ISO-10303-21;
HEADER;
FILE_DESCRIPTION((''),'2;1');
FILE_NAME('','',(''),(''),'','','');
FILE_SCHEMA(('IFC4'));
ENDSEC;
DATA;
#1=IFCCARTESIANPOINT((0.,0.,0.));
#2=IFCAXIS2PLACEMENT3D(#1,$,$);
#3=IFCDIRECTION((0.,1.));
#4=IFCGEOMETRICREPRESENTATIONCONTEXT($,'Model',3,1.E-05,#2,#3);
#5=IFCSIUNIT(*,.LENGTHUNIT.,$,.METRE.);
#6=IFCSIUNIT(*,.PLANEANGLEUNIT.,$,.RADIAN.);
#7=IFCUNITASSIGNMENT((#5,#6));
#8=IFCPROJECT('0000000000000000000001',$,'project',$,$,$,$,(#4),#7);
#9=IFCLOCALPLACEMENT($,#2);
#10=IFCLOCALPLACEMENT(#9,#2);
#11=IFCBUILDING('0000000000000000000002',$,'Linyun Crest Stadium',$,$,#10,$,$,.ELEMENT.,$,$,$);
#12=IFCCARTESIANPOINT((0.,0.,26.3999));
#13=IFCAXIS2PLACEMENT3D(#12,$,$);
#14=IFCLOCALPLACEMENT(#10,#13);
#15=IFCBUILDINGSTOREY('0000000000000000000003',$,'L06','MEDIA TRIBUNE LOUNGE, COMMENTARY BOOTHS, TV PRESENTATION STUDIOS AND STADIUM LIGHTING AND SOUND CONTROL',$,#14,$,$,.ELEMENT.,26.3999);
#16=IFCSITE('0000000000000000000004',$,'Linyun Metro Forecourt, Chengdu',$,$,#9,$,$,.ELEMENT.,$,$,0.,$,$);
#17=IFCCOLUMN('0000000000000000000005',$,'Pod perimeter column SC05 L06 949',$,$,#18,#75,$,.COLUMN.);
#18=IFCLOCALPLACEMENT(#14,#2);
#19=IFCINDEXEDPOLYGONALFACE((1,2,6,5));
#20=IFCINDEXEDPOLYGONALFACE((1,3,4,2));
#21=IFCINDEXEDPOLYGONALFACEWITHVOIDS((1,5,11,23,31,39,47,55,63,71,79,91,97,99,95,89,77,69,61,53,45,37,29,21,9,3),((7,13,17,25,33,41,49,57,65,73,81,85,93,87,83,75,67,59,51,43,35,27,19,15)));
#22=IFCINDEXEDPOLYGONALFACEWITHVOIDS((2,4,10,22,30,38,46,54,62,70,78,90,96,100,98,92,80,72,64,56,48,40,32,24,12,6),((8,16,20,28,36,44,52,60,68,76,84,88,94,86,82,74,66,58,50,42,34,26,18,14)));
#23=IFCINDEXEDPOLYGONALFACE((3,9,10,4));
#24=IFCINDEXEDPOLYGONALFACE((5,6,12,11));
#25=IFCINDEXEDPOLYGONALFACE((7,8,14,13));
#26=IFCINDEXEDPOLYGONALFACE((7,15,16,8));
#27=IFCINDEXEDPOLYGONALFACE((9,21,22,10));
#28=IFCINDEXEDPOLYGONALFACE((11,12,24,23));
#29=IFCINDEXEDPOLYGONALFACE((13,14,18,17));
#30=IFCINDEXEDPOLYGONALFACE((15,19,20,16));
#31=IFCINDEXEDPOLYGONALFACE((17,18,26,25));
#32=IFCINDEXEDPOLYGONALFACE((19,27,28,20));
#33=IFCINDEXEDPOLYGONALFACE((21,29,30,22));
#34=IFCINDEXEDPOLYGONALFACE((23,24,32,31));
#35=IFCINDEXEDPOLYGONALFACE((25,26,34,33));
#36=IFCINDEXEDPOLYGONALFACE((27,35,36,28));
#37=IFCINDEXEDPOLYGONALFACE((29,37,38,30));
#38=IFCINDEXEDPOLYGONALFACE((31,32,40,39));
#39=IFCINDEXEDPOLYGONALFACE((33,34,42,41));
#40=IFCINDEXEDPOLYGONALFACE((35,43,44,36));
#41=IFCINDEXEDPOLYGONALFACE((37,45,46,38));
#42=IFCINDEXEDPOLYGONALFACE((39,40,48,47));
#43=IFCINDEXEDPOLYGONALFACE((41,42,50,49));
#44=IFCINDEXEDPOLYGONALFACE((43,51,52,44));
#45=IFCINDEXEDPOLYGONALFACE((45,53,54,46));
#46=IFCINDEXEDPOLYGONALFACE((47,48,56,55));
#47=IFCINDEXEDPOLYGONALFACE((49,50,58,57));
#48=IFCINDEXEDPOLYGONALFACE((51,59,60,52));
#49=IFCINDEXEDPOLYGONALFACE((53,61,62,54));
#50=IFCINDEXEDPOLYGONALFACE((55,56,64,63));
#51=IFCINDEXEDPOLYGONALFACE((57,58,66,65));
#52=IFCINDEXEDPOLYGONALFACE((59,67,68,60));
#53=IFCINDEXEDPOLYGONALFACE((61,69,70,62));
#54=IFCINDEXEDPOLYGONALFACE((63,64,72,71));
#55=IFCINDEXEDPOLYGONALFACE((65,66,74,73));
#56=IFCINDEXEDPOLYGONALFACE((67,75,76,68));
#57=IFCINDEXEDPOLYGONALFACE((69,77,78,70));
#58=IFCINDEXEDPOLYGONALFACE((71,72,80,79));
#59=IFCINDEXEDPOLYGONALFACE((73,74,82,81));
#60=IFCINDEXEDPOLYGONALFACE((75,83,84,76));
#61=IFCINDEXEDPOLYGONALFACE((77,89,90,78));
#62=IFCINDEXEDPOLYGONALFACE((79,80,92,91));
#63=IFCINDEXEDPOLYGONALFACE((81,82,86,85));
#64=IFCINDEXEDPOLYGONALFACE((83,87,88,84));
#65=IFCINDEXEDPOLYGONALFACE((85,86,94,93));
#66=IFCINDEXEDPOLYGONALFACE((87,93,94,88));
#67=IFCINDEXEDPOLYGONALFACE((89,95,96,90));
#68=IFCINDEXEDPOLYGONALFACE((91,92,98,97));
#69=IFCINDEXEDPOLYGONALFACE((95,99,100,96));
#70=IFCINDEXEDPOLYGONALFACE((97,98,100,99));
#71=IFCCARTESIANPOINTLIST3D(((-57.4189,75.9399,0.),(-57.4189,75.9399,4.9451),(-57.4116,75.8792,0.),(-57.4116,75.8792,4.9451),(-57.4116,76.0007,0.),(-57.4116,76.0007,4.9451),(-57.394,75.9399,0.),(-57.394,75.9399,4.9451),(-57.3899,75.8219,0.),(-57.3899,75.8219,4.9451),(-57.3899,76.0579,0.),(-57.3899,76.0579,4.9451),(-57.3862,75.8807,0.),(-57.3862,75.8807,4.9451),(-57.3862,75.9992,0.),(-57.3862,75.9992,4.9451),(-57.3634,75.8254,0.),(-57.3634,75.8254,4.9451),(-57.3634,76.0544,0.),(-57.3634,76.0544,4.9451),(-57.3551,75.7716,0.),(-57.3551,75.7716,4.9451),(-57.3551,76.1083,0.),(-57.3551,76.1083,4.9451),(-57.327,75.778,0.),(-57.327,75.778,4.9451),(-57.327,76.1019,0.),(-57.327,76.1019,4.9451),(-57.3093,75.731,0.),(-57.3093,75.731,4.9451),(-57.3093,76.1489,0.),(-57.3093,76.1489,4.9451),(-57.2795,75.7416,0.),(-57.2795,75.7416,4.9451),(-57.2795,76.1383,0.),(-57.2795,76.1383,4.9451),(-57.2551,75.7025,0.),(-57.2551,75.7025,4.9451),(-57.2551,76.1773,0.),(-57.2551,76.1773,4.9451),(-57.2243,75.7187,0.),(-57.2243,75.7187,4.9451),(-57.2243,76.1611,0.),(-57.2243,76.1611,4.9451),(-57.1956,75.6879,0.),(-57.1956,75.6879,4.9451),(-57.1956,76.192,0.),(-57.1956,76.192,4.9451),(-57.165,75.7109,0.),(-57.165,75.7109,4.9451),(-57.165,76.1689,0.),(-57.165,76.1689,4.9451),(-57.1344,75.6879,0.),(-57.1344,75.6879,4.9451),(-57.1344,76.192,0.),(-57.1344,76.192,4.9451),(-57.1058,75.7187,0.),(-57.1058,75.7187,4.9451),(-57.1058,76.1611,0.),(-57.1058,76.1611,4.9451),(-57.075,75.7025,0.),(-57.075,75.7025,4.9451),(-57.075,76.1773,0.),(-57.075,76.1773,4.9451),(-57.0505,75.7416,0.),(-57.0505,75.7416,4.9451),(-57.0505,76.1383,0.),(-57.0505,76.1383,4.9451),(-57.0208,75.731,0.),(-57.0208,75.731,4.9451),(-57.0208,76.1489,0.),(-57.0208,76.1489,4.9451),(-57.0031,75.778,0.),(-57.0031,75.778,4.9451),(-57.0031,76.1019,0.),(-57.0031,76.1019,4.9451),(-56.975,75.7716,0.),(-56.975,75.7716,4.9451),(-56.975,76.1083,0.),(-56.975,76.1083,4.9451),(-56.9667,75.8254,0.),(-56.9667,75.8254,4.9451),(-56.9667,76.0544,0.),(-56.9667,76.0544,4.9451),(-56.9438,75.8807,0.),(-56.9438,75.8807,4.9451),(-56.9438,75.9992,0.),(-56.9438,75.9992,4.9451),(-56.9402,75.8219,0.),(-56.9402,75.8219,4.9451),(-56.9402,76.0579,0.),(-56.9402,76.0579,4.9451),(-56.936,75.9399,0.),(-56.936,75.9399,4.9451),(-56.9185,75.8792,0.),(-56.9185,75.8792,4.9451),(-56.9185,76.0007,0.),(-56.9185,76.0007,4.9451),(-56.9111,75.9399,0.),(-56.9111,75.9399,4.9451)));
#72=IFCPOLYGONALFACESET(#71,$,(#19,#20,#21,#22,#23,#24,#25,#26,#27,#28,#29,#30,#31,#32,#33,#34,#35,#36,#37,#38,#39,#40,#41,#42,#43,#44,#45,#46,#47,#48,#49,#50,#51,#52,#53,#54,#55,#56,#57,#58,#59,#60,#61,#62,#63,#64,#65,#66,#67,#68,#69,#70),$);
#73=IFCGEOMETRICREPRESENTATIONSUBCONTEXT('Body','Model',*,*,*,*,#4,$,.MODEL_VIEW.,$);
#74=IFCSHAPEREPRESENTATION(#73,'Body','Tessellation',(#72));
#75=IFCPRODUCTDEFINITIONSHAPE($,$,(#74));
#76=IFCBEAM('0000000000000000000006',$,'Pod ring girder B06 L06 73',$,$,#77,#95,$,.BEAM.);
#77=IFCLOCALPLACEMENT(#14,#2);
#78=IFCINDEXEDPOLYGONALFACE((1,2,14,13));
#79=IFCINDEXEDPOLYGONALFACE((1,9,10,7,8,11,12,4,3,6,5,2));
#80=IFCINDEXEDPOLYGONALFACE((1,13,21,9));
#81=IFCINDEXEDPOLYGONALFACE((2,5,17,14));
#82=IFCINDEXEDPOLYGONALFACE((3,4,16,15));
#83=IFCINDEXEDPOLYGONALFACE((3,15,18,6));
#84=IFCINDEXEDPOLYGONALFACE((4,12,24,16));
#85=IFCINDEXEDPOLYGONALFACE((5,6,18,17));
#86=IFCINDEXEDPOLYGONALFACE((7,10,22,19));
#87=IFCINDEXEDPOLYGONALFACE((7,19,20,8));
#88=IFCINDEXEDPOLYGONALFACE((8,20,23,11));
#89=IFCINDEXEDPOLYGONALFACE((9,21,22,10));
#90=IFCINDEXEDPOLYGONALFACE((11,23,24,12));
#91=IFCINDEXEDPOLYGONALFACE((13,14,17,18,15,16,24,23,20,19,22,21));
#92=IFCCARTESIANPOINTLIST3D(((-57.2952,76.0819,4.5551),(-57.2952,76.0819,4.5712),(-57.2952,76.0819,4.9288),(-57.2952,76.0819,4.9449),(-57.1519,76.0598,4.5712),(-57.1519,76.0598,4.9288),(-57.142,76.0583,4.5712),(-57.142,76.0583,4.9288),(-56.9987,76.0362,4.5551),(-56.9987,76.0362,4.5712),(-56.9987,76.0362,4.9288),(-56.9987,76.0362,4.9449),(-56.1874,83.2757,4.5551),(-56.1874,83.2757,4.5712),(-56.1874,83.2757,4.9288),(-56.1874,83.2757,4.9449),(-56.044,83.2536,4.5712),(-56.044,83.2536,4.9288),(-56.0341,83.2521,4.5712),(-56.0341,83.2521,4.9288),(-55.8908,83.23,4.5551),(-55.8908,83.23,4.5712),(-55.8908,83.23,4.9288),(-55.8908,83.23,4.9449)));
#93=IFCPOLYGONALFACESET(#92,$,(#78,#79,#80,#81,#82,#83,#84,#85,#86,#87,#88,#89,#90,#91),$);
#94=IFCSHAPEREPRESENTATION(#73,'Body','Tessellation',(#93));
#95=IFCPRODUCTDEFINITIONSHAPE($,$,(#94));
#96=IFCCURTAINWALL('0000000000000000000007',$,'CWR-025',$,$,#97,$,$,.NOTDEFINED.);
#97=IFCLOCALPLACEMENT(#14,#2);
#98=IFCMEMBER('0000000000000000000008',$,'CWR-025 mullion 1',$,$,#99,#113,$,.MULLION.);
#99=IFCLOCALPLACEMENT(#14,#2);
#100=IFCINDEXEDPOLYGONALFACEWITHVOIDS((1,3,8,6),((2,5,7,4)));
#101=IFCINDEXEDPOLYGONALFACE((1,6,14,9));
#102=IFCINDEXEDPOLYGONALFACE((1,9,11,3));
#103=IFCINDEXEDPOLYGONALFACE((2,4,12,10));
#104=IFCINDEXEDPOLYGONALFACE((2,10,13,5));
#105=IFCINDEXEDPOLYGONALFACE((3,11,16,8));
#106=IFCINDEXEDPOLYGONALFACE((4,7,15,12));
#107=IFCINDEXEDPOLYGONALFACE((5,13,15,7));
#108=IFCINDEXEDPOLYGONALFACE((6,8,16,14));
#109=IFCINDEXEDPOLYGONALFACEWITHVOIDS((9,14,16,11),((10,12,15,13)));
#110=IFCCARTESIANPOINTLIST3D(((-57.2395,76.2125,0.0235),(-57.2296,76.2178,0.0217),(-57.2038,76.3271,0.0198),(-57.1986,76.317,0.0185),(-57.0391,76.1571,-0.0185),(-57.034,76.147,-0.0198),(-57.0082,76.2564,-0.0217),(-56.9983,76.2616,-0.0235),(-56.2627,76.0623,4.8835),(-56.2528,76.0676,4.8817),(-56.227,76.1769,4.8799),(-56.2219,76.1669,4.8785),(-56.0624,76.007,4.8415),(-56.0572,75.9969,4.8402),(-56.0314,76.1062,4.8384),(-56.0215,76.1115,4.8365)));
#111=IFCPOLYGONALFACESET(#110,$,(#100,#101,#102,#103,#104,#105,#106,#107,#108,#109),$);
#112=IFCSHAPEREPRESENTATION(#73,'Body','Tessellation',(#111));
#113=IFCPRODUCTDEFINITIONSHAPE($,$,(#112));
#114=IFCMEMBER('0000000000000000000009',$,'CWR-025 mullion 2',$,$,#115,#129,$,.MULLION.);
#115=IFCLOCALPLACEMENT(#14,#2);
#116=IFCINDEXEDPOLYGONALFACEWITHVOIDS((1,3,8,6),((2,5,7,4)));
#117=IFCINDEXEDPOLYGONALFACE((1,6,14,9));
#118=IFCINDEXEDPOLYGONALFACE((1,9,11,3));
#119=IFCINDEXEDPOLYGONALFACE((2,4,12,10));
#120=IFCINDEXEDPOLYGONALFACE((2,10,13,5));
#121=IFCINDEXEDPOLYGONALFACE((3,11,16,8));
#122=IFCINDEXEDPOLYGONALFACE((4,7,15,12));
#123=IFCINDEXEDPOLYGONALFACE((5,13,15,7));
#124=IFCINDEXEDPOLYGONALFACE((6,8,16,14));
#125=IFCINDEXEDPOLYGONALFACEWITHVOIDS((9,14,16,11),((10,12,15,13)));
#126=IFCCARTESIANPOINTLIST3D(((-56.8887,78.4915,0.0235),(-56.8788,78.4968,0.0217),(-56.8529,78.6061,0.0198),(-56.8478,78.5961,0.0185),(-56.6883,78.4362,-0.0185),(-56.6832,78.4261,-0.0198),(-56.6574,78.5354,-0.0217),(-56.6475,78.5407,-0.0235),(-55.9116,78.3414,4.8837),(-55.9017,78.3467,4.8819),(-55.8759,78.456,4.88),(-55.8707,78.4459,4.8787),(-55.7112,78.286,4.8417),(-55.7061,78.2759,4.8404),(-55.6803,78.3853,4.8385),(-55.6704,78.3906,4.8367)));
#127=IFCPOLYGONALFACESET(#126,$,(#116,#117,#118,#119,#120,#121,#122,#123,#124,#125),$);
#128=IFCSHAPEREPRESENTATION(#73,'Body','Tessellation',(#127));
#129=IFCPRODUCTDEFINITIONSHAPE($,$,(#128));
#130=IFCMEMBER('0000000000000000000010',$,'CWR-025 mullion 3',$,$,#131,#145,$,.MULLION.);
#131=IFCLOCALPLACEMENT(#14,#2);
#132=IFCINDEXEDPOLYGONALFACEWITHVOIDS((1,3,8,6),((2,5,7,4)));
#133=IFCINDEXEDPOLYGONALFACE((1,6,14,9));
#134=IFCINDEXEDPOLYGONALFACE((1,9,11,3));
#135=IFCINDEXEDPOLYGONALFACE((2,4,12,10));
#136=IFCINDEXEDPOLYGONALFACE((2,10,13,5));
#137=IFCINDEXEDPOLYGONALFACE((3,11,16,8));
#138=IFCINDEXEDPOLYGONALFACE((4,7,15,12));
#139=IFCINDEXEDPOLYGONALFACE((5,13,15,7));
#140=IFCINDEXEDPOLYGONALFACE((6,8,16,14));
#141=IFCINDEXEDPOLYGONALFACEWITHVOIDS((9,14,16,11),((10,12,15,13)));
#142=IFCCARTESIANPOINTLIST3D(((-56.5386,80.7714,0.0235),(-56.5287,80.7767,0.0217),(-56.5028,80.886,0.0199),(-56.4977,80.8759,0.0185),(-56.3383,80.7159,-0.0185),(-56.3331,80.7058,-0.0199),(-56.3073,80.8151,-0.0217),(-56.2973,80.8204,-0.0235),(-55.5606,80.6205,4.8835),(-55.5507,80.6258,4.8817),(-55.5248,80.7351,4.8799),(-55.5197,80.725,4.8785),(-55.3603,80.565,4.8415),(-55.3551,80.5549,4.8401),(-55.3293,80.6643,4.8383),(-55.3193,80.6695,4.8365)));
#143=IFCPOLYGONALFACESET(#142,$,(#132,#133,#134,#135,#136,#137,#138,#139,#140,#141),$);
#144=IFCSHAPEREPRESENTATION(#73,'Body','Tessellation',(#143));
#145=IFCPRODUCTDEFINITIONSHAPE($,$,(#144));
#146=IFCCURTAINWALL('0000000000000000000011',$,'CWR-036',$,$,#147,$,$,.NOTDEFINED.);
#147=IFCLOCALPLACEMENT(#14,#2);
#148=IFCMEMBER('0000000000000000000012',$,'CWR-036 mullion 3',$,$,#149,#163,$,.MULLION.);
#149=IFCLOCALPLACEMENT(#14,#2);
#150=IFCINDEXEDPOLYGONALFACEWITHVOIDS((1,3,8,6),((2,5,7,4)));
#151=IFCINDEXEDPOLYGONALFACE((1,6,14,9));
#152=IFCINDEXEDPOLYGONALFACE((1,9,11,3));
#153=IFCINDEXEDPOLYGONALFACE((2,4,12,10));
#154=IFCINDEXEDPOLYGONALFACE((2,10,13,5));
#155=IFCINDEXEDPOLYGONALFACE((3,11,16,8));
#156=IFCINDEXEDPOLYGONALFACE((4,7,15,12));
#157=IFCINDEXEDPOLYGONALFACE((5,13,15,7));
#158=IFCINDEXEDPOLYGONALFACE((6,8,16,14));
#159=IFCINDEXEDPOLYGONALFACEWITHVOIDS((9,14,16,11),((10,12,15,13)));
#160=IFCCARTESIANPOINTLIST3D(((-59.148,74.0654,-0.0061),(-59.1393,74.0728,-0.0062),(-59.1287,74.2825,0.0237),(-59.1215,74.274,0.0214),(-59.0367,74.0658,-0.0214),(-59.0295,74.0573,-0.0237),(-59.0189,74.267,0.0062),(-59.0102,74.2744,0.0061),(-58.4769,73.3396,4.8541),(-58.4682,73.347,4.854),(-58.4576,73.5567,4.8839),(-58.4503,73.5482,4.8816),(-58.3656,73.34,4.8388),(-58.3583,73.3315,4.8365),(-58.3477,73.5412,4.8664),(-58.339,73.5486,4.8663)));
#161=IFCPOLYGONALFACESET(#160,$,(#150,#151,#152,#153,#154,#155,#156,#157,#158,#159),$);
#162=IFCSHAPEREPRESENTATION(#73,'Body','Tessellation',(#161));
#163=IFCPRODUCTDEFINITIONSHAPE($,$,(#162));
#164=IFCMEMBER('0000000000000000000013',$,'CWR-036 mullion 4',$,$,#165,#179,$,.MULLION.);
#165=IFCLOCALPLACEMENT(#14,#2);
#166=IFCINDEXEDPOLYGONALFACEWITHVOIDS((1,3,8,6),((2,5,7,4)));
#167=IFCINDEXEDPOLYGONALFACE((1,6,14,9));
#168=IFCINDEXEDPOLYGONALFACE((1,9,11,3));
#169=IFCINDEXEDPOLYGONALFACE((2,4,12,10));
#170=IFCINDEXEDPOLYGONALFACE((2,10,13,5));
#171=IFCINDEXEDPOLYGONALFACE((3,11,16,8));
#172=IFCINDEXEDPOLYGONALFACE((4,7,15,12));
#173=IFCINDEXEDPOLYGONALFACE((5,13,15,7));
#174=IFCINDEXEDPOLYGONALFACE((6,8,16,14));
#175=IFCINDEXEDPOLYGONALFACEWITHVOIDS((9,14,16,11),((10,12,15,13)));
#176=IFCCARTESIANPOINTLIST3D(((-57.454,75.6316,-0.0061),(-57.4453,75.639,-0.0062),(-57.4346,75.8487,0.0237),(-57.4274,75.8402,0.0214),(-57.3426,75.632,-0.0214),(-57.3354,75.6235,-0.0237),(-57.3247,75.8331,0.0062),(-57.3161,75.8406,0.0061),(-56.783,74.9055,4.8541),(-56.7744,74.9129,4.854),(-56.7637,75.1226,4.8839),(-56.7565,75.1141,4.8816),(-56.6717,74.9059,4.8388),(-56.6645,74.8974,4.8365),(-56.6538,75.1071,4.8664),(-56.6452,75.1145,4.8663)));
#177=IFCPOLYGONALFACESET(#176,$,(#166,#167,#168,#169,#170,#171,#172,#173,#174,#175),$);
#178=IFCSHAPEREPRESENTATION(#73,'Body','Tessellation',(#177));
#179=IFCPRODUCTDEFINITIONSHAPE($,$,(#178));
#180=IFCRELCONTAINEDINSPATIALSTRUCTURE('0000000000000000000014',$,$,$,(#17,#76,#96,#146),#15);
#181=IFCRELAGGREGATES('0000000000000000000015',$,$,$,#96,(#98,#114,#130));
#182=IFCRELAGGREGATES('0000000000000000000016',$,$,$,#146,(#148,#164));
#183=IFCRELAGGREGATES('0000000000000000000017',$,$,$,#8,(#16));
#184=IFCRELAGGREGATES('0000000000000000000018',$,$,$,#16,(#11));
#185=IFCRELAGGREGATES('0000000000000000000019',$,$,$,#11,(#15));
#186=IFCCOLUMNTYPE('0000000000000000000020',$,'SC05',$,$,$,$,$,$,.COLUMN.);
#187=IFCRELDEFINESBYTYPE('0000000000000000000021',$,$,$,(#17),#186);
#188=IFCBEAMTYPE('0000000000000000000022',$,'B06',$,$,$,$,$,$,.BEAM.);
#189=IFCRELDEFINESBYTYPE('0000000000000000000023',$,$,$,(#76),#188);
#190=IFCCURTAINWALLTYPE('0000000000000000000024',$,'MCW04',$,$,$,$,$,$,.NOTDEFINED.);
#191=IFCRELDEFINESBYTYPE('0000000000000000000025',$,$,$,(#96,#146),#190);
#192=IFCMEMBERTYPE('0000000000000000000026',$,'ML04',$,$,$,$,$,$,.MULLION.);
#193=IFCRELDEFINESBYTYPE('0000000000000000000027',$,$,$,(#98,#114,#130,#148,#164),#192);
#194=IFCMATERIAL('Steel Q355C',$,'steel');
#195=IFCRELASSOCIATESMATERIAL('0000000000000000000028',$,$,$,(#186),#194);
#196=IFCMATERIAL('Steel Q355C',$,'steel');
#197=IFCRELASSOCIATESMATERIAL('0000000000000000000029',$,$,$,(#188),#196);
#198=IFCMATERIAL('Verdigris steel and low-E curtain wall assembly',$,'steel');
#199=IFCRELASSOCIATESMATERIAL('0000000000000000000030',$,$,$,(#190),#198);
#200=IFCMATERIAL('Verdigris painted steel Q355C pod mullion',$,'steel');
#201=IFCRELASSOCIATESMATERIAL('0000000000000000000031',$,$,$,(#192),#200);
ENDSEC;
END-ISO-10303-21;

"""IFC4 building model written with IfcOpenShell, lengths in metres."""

from ifc_helpers import new_model, si_unit, direction, frame, origin, origin_2d, place, context, subcontext, project, spatial, hollow_rectangle, hollow_circle, i_section, extrude, material, material_profile, profile_set, type_object, element, aggregate, save


model = new_model("IFC4")

# Units and contexts
model_context = context("Model", 3, precision=1e-05, world=origin(), true_north=direction((0.0, 1.0)))
body_context = subcontext(model_context, "Body", "Model", "MODEL_VIEW")
ifc_project = project(units=[si_unit("LENGTHUNIT", "METRE"), si_unit("PLANEANGLEUNIT", "RADIAN")], contexts=[model_context])

# Site, building, storey
site_placement = place(None, origin())
site = spatial("IfcSite", under=ifc_project, at=site_placement, Name="Linyun Metro Forecourt, Chengdu", CompositionType="ELEMENT", RefElevation=0.0)
building_placement = place(site_placement, origin())
building = spatial("IfcBuilding", under=site, at=building_placement, Name="Linyun Crest Stadium", CompositionType="ELEMENT")
storey_placement = place(building_placement, frame((0.0, 0.0, 26.3999)))
storey = spatial("IfcBuildingStorey", under=building, at=storey_placement, Name="L06", Description="MEDIA TRIBUNE LOUNGE, COMMENTARY BOOTHS, TV PRESENTATION STUDIOS AND STADIUM LIGHTING AND SOUND CONTROL", CompositionType="ELEMENT", Elevation=26.3999)

# Column
ifc_material_1 = material(Name="Steel Q355C", Category="steel")
ifc_material_profile_1 = material_profile(ifc_material_1, hollow_circle(Radius=0.2539, WallThickness=0.0249, at=origin_2d()), Name="CHS 508x25")
ifc_profile_set_1 = profile_set([ifc_material_profile_1], Name="Steel Q355C")
column_type = type_object("IfcColumnType", Name="SC05", PredefinedType="COLUMN", material=ifc_profile_set_1)
column_placement = place(storey_placement, frame((-57.165, 75.9399, 0.0), z_axis=(0.0, 0.0, 1.0), x_axis=(1.0, 0.0, 0.0)))
element("IfcColumn", 1, at=column_placement, inside=storey, type_object=column_type, Name="Pod perimeter column SC05 L06 949", PredefinedType="COLUMN", context=body_context, shape_type="SweptSolid", body=[
    extrude(hollow_circle(Radius=0.2539, WallThickness=0.0249, at=origin_2d()), origin(), (0.0, 0.0, 1.0), 4.9451),
])

# Beam
ifc_material_2 = material(Name="Steel Q355C", Category="steel")
ifc_material_profile_2 = material_profile(ifc_material_2, i_section(OverallWidth=0.3, OverallDepth=0.3899, WebThickness=0.01, FlangeThickness=0.0161, at=origin_2d()), Name="HM 390x300")
ifc_profile_set_2 = profile_set([ifc_material_profile_2], Name="Steel Q355C")
beam_type = type_object("IfcBeamType", Name="B06", PredefinedType="BEAM", material=ifc_profile_set_2)
beam_placement = place(storey_placement, frame((-57.147, 76.0591, 4.75), z_axis=(0.152213, 0.988348, 0.0), x_axis=(-0.988348, 0.152213, 0.0)))
element("IfcBeam", 2, at=beam_placement, inside=storey, type_object=beam_type, Name="Pod ring girder B06 L06 73", PredefinedType="BEAM", context=body_context, shape_type="SweptSolid", body=[
    extrude(i_section(OverallWidth=0.3, OverallDepth=0.3899, WebThickness=0.01, FlangeThickness=0.0161, at=origin_2d()), origin(), (0.0, 0.0, 1.0), 7.2786),
])

# Curtain walls, members
ifc_material_3 = material(Name="Verdigris steel and low-E curtain wall assembly", Category="steel")
curtain_wall_type = type_object("IfcCurtainWallType", Name="MCW04", PredefinedType="NOTDEFINED", material=ifc_material_3)
curtain_wall_1_placement = place(storey_placement, origin())
curtain_wall_1 = element("IfcCurtainWall", 3, at=curtain_wall_1_placement, inside=storey, type_object=curtain_wall_type, Name="CWR-025", PredefinedType="NOTDEFINED")
ifc_material_4 = material(Name="Verdigris painted steel Q355C pod mullion", Category="steel")
ifc_material_profile_3 = material_profile(ifc_material_4, hollow_rectangle(XDim=0.1201, YDim=0.22, WallThickness=0.0081, at=origin_2d()), Name="RHS 220x120x8")
ifc_profile_set_3 = profile_set([ifc_material_profile_3], Name="Verdigris painted steel Q355C pod mullion")
member_type_1 = type_object("IfcMemberType", Name="ML04", PredefinedType="MULLION", material=ifc_profile_set_3)
member_1_placement = place(storey_placement, frame((-57.1189, 76.2371, 0.0), z_axis=(0.196954, -0.030274, 0.979945), x_axis=(-0.297501, -0.95424, 0.030313)))
member_1 = element("IfcMember", 4, at=member_1_placement, type_object=member_type_1, Name="CWR-025 mullion 1", PredefinedType="MULLION", context=body_context, shape_type="SweptSolid", body=[
    extrude(hollow_rectangle(XDim=0.1201, YDim=0.22, WallThickness=0.0081, at=origin_2d()), origin(), (0.0, 0.0, 1.0), 4.9595),
])
member_2_placement = place(storey_placement, frame((-56.7681, 78.5161, 0.0), z_axis=(0.197001, -0.030274, 0.979936), x_axis=(-0.297464, -0.954251, 0.03032)))
member_2 = element("IfcMember", 5, at=member_2_placement, type_object=member_type_1, Name="CWR-025 mullion 2", PredefinedType="MULLION", context=body_context, shape_type="SweptSolid", body=[
    extrude(hollow_rectangle(XDim=0.1201, YDim=0.22, WallThickness=0.0081, at=origin_2d()), origin(), (0.0, 0.0, 1.0), 4.9597),
])
member_3_placement = place(storey_placement, frame((-56.418, 80.7959, 0.0), z_axis=(0.19719, -0.03042, 0.979893), x_axis=(-0.298013, -0.954079, 0.030352)))
member_3 = element("IfcMember", 6, at=member_3_placement, type_object=member_type_1, Name="CWR-025 mullion 3", PredefinedType="MULLION", context=body_context, shape_type="SweptSolid", body=[
    extrude(hollow_rectangle(XDim=0.1201, YDim=0.22, WallThickness=0.0081, at=origin_2d()), origin(), (0.0, 0.0, 1.0), 4.9597),
])
curtain_wall_2_placement = place(storey_placement, origin())
curtain_wall_2 = element("IfcCurtainWall", 7, at=curtain_wall_2_placement, inside=storey, type_object=curtain_wall_type, Name="CWR-036", PredefinedType="NOTDEFINED")
member_4_placement = place(storey_placement, frame((-59.0791, 74.1699, 0.0), z_axis=(0.135321, -0.146348, 0.979934), x_axis=(-0.986925, 0.067498, 0.146367)))
member_4 = element("IfcMember", 8, at=member_4_placement, type_object=member_type_1, Name="CWR-036 mullion 3", PredefinedType="MULLION", context=body_context, shape_type="SweptSolid", body=[
    extrude(hollow_rectangle(XDim=0.1201, YDim=0.22, WallThickness=0.0081, at=origin_2d()), origin(), (0.0, 0.0, 1.0), 4.9597),
])
member_5_placement = place(storey_placement, frame((-57.385, 75.7361, 0.0), z_axis=(0.135272, -0.146397, 0.979933), x_axis=(-0.986901, 0.067842, 0.146369)))
member_5 = element("IfcMember", 9, at=member_5_placement, type_object=member_type_1, Name="CWR-036 mullion 4", PredefinedType="MULLION", context=body_context, shape_type="SweptSolid", body=[
    extrude(hollow_rectangle(XDim=0.1201, YDim=0.22, WallThickness=0.0081, at=origin_2d()), origin(), (0.0, 0.0, 1.0), 4.9597),
])

aggregate(curtain_wall_1, [member_1, member_2, member_3])
aggregate(curtain_wall_2, [member_4, member_5])

save(model, "model.ifc")
